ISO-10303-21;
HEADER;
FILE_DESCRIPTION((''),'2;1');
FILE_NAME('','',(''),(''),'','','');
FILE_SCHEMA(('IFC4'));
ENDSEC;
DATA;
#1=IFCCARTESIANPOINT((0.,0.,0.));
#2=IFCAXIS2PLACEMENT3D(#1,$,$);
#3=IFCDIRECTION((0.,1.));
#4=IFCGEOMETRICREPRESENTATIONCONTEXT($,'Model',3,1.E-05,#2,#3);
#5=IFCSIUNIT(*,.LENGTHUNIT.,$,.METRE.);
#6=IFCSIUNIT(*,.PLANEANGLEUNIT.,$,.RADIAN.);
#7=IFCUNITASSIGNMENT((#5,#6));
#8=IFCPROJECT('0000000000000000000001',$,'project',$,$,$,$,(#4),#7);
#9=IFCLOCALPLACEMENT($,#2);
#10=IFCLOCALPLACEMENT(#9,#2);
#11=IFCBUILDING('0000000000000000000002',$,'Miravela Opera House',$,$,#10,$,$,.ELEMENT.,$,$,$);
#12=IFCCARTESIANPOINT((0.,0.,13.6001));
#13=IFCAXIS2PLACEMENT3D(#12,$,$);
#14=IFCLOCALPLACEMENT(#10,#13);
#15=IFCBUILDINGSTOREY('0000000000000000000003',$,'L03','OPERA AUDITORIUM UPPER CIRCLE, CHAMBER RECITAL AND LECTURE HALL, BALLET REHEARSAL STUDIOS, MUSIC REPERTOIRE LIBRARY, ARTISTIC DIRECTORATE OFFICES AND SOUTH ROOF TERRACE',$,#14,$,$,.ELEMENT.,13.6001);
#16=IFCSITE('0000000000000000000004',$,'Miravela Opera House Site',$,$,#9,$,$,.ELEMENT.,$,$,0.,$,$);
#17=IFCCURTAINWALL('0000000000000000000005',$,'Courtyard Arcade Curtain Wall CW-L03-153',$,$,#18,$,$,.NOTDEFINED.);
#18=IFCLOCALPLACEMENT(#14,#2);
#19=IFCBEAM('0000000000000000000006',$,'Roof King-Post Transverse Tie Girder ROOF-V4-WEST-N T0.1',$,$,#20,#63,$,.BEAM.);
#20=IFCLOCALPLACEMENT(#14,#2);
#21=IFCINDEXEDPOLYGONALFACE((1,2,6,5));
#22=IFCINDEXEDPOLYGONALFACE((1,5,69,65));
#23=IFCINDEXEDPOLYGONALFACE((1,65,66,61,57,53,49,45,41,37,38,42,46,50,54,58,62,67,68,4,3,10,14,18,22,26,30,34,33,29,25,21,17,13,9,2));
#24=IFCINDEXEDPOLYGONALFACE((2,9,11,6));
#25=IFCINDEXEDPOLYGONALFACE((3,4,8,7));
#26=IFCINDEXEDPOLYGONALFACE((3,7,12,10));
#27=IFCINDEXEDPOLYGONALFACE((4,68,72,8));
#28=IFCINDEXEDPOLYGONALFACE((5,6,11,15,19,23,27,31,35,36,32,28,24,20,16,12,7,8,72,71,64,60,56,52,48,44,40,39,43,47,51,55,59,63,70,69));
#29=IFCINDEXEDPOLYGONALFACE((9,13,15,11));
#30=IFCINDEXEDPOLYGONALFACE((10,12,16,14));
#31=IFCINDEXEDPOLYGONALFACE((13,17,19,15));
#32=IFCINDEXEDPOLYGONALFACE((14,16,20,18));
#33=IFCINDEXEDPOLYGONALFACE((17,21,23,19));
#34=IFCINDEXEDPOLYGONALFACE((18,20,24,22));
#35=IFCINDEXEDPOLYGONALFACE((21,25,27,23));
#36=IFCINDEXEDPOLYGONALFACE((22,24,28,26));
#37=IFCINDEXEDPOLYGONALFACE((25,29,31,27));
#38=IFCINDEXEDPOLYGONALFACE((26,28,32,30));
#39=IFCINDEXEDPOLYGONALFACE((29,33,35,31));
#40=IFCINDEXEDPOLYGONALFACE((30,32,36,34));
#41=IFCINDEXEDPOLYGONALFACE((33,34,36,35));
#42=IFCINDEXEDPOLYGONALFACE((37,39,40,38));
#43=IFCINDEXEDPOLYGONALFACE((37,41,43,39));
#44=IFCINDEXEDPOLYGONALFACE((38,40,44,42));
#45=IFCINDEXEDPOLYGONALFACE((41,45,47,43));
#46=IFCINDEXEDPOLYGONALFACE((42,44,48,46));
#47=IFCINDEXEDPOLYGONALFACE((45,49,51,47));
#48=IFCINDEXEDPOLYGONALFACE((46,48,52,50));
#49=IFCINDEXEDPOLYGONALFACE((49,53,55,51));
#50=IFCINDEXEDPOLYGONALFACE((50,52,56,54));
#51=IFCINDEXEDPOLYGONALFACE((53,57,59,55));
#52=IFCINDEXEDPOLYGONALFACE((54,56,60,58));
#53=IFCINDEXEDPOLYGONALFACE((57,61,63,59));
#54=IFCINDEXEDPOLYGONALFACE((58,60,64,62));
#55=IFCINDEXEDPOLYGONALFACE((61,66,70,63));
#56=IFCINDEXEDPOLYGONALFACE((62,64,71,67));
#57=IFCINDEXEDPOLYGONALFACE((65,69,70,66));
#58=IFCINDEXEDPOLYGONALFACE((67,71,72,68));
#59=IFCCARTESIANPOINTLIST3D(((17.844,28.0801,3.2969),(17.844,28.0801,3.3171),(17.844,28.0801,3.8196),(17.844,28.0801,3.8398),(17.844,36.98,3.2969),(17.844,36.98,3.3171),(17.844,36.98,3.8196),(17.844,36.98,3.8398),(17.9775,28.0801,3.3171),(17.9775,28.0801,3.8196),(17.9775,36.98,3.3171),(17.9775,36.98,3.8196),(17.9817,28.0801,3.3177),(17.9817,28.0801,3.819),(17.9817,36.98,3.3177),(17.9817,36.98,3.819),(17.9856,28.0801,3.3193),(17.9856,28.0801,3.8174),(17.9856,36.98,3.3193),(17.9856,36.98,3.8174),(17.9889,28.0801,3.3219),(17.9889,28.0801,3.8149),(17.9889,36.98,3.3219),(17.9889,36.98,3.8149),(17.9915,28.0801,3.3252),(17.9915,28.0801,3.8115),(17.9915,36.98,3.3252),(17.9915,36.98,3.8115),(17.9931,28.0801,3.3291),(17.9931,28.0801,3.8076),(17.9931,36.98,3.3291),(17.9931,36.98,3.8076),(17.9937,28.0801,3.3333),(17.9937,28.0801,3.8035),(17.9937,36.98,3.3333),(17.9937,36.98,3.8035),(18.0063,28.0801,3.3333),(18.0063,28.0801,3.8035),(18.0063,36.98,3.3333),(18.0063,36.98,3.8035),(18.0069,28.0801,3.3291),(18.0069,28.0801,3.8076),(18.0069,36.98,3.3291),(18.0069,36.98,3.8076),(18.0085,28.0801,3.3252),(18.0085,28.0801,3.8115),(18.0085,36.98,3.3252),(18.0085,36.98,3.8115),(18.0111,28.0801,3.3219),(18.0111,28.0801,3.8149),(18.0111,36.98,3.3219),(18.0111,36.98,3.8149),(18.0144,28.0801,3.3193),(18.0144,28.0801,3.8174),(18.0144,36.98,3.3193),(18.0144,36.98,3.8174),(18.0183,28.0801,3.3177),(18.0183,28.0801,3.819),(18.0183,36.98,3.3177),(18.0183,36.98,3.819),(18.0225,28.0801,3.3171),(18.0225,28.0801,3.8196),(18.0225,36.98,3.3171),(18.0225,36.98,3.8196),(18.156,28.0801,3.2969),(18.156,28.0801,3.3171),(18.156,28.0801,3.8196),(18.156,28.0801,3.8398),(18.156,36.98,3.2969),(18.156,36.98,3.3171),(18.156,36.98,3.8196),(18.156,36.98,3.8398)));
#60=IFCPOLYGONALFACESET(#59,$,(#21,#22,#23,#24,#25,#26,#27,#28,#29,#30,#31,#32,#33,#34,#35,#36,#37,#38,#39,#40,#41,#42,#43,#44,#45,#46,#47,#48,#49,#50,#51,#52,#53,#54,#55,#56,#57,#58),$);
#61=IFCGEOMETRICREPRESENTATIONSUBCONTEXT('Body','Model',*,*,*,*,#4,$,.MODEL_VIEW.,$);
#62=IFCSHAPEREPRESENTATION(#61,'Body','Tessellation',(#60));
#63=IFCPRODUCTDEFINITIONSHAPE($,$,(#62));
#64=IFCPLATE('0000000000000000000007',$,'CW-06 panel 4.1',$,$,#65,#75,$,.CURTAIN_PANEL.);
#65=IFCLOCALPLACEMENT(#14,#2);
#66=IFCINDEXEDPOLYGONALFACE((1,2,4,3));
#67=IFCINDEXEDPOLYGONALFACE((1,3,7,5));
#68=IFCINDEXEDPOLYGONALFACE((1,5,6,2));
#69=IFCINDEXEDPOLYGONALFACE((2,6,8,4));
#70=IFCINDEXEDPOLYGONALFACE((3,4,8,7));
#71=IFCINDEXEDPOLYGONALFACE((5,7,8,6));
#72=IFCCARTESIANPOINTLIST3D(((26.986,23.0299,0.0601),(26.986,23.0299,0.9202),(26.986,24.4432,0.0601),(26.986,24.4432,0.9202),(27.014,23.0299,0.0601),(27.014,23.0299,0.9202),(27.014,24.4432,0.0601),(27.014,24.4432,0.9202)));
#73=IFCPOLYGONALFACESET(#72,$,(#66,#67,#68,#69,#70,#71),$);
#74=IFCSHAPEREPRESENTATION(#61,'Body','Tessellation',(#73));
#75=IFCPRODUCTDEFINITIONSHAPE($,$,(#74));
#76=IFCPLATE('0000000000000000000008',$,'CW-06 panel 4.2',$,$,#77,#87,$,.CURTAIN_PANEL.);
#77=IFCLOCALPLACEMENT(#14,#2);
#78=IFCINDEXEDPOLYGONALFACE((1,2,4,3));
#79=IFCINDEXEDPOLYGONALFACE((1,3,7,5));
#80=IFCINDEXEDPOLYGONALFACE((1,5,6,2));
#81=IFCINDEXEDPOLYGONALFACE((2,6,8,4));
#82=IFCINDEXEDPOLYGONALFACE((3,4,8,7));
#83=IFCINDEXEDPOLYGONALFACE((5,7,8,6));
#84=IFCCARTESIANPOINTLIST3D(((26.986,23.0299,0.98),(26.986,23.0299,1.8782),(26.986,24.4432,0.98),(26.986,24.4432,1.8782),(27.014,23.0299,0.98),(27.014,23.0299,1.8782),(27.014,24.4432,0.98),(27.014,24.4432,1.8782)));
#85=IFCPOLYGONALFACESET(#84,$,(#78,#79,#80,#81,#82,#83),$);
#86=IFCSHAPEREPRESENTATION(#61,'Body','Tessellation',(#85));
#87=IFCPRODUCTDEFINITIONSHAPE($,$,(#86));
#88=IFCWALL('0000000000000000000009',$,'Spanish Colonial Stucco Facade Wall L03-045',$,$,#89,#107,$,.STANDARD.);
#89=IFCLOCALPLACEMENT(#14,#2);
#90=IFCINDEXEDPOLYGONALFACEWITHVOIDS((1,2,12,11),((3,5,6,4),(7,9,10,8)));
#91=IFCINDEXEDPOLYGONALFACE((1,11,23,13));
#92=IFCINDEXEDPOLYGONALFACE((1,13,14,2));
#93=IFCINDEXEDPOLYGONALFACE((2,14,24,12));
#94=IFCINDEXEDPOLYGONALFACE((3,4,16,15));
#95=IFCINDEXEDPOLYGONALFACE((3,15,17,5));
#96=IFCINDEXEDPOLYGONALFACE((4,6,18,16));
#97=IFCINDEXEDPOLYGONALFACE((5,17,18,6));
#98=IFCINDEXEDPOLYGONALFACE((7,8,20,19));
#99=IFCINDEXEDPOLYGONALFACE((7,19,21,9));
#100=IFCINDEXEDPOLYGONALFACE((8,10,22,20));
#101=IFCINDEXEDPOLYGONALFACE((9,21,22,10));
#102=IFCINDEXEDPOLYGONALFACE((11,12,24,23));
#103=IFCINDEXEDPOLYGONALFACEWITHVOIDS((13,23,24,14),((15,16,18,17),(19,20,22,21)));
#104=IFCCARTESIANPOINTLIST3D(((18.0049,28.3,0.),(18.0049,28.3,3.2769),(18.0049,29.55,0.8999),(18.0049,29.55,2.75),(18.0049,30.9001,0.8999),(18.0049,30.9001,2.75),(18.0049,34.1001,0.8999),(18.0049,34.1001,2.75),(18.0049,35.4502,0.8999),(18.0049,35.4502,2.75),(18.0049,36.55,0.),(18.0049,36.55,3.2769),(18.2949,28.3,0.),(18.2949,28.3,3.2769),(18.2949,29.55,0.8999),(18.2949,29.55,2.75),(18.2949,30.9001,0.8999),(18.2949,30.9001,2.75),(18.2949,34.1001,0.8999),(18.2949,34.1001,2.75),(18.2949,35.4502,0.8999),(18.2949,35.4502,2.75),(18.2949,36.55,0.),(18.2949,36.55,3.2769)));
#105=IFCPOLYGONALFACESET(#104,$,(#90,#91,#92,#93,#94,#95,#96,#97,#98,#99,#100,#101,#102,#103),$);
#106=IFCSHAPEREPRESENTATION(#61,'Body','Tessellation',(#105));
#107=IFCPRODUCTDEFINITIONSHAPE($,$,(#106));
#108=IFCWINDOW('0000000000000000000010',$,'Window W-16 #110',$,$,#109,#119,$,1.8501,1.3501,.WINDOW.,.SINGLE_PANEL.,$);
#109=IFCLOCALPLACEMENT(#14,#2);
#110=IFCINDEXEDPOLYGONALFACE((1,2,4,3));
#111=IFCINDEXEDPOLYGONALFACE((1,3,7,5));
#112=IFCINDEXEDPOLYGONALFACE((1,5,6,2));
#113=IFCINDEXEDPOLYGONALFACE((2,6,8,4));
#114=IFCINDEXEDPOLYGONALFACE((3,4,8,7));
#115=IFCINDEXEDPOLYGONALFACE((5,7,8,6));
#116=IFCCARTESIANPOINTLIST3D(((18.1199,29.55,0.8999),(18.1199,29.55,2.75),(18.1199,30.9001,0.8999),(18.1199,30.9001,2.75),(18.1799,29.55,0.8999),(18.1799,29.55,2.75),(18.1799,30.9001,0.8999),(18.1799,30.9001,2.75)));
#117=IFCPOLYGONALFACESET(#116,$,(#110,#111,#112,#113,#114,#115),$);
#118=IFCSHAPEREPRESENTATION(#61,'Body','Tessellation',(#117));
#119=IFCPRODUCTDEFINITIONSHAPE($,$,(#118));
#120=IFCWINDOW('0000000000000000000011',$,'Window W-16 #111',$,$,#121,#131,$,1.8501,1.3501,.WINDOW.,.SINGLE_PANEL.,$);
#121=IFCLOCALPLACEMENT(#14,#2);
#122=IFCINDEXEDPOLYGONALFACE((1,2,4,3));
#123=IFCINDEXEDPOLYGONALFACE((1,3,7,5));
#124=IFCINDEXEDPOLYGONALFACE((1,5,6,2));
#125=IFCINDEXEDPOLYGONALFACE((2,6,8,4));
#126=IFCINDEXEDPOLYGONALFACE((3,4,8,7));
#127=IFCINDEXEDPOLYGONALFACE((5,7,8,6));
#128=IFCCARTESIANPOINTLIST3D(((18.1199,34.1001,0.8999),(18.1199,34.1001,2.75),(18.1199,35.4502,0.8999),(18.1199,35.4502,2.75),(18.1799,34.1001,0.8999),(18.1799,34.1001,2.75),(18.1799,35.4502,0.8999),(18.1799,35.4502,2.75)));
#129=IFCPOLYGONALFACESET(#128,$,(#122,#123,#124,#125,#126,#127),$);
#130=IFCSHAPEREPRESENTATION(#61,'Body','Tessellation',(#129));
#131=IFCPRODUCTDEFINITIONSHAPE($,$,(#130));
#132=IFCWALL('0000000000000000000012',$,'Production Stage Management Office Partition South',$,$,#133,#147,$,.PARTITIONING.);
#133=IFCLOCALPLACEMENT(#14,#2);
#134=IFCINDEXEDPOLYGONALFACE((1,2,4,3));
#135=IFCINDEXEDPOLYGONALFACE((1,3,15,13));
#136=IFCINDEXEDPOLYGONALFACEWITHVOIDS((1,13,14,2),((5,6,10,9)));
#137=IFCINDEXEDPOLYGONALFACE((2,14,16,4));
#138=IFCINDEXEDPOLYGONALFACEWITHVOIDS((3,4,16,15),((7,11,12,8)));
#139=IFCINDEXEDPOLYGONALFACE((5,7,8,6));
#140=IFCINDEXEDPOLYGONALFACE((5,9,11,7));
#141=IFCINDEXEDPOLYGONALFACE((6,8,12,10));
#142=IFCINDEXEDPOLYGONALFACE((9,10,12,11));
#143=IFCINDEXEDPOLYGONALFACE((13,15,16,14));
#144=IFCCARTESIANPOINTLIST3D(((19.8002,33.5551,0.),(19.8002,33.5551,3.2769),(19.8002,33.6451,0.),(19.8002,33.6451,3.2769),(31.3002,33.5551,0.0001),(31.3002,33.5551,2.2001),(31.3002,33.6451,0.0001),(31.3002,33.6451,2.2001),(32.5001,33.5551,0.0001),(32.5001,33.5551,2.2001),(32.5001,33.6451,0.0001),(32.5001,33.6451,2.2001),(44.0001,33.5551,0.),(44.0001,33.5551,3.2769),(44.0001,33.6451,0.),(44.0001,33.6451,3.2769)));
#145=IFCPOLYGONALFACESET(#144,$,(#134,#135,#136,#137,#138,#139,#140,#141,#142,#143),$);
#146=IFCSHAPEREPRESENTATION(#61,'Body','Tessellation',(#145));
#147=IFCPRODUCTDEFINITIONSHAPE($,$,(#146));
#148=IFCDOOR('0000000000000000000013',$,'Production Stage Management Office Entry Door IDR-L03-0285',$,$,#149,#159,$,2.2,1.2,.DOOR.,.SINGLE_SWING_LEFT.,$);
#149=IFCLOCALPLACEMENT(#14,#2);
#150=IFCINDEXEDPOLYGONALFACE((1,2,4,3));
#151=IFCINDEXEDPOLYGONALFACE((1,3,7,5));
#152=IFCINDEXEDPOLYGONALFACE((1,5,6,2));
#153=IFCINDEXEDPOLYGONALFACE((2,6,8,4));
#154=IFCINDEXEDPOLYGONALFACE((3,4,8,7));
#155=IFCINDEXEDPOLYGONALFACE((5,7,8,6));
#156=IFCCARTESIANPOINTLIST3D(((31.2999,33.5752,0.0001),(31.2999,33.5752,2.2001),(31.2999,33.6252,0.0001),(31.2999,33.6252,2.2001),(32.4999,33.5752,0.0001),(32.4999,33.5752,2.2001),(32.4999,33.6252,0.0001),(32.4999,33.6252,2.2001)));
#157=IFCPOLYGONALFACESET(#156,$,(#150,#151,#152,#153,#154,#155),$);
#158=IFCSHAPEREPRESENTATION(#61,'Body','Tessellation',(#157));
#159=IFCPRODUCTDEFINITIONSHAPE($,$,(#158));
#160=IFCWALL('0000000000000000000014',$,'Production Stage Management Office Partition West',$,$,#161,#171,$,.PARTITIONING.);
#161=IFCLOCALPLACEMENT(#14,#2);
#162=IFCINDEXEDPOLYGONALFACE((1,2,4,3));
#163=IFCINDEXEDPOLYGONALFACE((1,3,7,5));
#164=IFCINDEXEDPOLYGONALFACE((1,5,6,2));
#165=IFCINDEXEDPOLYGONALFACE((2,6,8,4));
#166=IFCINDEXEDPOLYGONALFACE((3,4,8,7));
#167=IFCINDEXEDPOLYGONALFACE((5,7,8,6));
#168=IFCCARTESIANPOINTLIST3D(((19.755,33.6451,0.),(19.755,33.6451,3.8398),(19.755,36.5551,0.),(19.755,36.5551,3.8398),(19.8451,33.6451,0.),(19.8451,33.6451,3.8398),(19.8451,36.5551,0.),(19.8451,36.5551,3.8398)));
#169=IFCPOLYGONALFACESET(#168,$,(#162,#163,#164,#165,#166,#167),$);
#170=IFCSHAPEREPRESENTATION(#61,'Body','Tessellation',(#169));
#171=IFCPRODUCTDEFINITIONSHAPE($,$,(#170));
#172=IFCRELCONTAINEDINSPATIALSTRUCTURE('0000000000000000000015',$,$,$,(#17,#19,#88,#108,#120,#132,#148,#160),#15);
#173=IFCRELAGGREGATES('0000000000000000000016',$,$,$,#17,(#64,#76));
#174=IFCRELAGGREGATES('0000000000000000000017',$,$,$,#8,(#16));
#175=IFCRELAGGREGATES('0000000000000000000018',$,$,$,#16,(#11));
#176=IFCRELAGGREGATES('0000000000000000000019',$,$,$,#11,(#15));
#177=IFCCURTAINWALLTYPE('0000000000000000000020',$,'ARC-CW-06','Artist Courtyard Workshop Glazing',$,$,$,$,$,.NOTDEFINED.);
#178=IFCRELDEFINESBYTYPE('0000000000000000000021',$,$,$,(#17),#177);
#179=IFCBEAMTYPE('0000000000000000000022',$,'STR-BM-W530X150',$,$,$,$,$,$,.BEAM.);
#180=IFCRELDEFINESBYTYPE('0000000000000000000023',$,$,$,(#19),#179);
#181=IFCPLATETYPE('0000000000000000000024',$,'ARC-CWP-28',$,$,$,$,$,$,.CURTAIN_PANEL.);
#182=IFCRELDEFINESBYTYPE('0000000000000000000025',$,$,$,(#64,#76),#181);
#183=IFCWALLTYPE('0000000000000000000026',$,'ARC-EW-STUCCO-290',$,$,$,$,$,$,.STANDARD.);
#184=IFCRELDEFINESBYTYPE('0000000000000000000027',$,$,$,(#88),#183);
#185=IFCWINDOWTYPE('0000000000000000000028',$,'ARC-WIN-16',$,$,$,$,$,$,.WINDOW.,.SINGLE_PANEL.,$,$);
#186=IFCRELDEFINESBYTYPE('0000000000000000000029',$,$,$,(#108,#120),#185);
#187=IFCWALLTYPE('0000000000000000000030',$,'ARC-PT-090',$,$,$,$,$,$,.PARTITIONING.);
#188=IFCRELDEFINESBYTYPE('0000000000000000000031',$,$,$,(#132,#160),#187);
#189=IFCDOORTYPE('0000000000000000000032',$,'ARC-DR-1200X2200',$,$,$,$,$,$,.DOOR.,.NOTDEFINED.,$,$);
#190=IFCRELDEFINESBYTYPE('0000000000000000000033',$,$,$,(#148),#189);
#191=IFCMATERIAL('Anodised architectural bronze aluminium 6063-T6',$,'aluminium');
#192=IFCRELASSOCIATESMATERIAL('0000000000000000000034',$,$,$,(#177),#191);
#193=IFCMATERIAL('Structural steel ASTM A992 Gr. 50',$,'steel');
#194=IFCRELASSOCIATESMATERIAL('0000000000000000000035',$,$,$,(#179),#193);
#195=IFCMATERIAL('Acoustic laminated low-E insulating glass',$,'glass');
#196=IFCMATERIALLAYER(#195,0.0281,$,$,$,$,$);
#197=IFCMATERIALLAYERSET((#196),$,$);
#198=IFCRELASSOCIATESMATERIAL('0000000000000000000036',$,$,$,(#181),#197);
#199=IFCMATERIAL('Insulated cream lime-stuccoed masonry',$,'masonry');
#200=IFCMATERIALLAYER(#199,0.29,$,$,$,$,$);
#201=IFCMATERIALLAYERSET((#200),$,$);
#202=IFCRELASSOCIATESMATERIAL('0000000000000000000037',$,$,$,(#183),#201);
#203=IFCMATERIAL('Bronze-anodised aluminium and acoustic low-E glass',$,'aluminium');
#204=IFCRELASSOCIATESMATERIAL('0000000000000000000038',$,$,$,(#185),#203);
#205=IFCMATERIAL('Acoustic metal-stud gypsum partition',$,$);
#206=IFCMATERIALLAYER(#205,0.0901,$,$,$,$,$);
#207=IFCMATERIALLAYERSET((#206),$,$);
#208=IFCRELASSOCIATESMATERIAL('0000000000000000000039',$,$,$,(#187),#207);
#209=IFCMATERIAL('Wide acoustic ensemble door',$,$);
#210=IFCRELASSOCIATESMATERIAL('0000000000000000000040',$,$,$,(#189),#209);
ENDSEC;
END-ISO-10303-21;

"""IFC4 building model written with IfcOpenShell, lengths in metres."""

from ifc_helpers import new_model, si_unit, direction, frame, frame_2d, origin, origin_2d, place, context, subcontext, project, spatial, rectangle, i_section, extrude, material, layer, layer_set, material_profile, profile_set, type_object, element, fill, aggregate, save


model = new_model("IFC4")

# Units and contexts
model_context = context("Model", 3, precision=1e-05, world=origin(), true_north=direction((0.0, 1.0)))
body_context = subcontext(model_context, "Body", "Model", "MODEL_VIEW")
ifc_project = project(units=[si_unit("LENGTHUNIT", "METRE"), si_unit("PLANEANGLEUNIT", "RADIAN")], contexts=[model_context])

# Site, building, storey
site_placement = place(None, origin())
site = spatial("IfcSite", under=ifc_project, at=site_placement, Name="Miravela Opera House Site", CompositionType="ELEMENT", RefElevation=0.0)
building_placement = place(site_placement, origin())
building = spatial("IfcBuilding", under=site, at=building_placement, Name="Miravela Opera House", CompositionType="ELEMENT")
storey_placement = place(building_placement, frame((0.0, 0.0, 13.6001)))
storey = spatial("IfcBuildingStorey", under=building, at=storey_placement, Name="L03", Description="OPERA AUDITORIUM UPPER CIRCLE, CHAMBER RECITAL AND LECTURE HALL, BALLET REHEARSAL STUDIOS, MUSIC REPERTOIRE LIBRARY, ARTISTIC DIRECTORATE OFFICES AND SOUTH ROOF TERRACE", CompositionType="ELEMENT", Elevation=13.6001)

# Curtain wall
ifc_material_1 = material(Name="Anodised architectural bronze aluminium 6063-T6", Category="aluminium")
curtain_wall_type = type_object("IfcCurtainWallType", Name="ARC-CW-06", Description="Artist Courtyard Workshop Glazing", PredefinedType="NOTDEFINED", material=ifc_material_1)
curtain_wall_placement = place(storey_placement, origin())
curtain_wall = element("IfcCurtainWall", 1, at=curtain_wall_placement, inside=storey, type_object=curtain_wall_type, Name="Courtyard Arcade Curtain Wall CW-L03-153", PredefinedType="NOTDEFINED")

# Beam
ifc_material_2 = material(Name="Structural steel ASTM A992 Gr. 50", Category="steel")
ifc_material_profile_1 = material_profile(ifc_material_2, i_section(OverallWidth=0.312, OverallDepth=0.543, WebThickness=0.0127, FlangeThickness=0.0203, FilletRadius=0.0161, at=origin_2d()), Name="W530X150")
ifc_profile_set_1 = profile_set([ifc_material_profile_1])
beam_type = type_object("IfcBeamType", Name="STR-BM-W530X150", PredefinedType="BEAM", material=ifc_profile_set_1)
beam_1_placement = place(storey_placement, frame((18.0, 28.0801, 3.5684), z_axis=(0.0, 1.0, 0.0), x_axis=(-1.0, 0.0, 0.0)))
element("IfcBeam", 2, at=beam_1_placement, inside=storey, type_object=beam_type, Name="Roof King-Post Transverse Tie Girder ROOF-V4-WEST-N T0.1", PredefinedType="BEAM", context=body_context, shape_type="SweptSolid", body=[
    extrude(i_section(OverallWidth=0.312, OverallDepth=0.543, WebThickness=0.0127, FlangeThickness=0.0203, FilletRadius=0.0161, at=origin_2d()), origin(), (0.0, 0.0, 1.0), 8.8999),
])

# Plates
ifc_material_3 = material(Name="Acoustic laminated low-E insulating glass", Category="glass")
ifc_layer_1 = layer(ifc_material_3, 0.0281)
ifc_layer_set_1 = layer_set([ifc_layer_1])
plate_type = type_object("IfcPlateType", Name="ARC-CWP-28", PredefinedType="CURTAIN_PANEL", material=ifc_layer_set_1)
plate_1_placement = place(storey_placement, frame((27.0, 23.7366, 0.0601), z_axis=(0.0, 0.0, 1.0), x_axis=(0.0, 1.0, 0.0)))
plate_1 = element("IfcPlate", 3, at=plate_1_placement, type_object=plate_type, Name="CW-06 panel 4.1", PredefinedType="CURTAIN_PANEL", context=body_context, shape_type="SweptSolid", body=[
    extrude(rectangle(XDim=1.4133, YDim=0.0281, at=origin_2d()), origin(), (0.0, 0.0, 1.0), 0.8601),
])
plate_2_placement = place(storey_placement, frame((27.0, 23.7366, 0.98), z_axis=(0.0, 0.0, 1.0), x_axis=(0.0, 1.0, 0.0)))
plate_2 = element("IfcPlate", 4, at=plate_2_placement, type_object=plate_type, Name="CW-06 panel 4.2", PredefinedType="CURTAIN_PANEL", context=body_context, shape_type="SweptSolid", body=[
    extrude(rectangle(XDim=1.4133, YDim=0.0281, at=origin_2d()), origin(), (0.0, 0.0, 1.0), 0.8982),
])
aggregate(curtain_wall, [plate_1, plate_2])

# Wall, openings, windows
ifc_material_4 = material(Name="Insulated cream lime-stuccoed masonry", Category="masonry")
ifc_layer_2 = layer(ifc_material_4, 0.29)
ifc_layer_set_2 = layer_set([ifc_layer_2])
wall_type_1 = type_object("IfcWallType", Name="ARC-EW-STUCCO-290", PredefinedType="STANDARD", material=ifc_layer_set_2)
wall_1_placement = place(storey_placement, frame((18.1499, 28.3, 0.0), z_axis=(0.0, 0.0, 1.0), x_axis=(0.0, 1.0, 0.0)))
wall_1 = element("IfcWall", 5, at=wall_1_placement, inside=storey, type_object=wall_type_1, Name="Spanish Colonial Stucco Facade Wall L03-045", PredefinedType="STANDARD", context=body_context, shape_type="SweptSolid", body=[
    extrude(rectangle(XDim=8.25, YDim=0.29, at=frame_2d((4.125, 0.0))), origin(), (0.0, 0.0, 1.0), 3.2769),
])
opening_1_placement = place(wall_1_placement, frame((1.25, 0.0, 0.8999)))
opening_1 = element("IfcOpeningElement", 6, at=opening_1_placement, cuts=wall_1, PredefinedType="OPENING", context=body_context, shape_type="SweptSolid", body=[
    extrude(rectangle(XDim=1.3501, YDim=1.8501, at=frame_2d((0.675, 0.925))), frame((0.0, 0.155, 0.0), z_axis=(0.0, -1.0, 0.0), x_axis=(1.0, 0.0, 0.0)), (0.0, 0.0, 1.0), 0.3101),
])
opening_2_placement = place(wall_1_placement, frame((5.8, 0.0, 0.8999)))
opening_2 = element("IfcOpeningElement", 7, at=opening_2_placement, cuts=wall_1, PredefinedType="OPENING", context=body_context, shape_type="SweptSolid", body=[
    extrude(rectangle(XDim=1.3501, YDim=1.8501, at=frame_2d((0.675, 0.925))), frame((0.0, 0.155, 0.0), z_axis=(0.0, -1.0, 0.0), x_axis=(1.0, 0.0, 0.0)), (0.0, 0.0, 1.0), 0.3101),
])
ifc_material_5 = material(Name="Bronze-anodised aluminium and acoustic low-E glass", Category="aluminium")
window_type = type_object("IfcWindowType", Name="ARC-WIN-16", PartitioningType="SINGLE_PANEL", PredefinedType="WINDOW", material=ifc_material_5)
window_1_placement = place(opening_1_placement, origin())
window_1 = element("IfcWindow", 8, at=window_1_placement, inside=storey, type_object=window_type, Name="Window W-16 #110", OverallHeight=1.8501, OverallWidth=1.3501, PartitioningType="SINGLE_PANEL", PredefinedType="WINDOW", context=body_context, shape_type="SweptSolid", body=[
    extrude(rectangle(XDim=1.3501, YDim=1.8501, at=frame_2d((0.675, 0.925))), frame((0.0, 0.03, 0.0), z_axis=(0.0, -1.0, 0.0), x_axis=(1.0, 0.0, 0.0)), (0.0, 0.0, 1.0), 0.0601),
])
fill(opening_1, window_1)
window_2_placement = place(opening_2_placement, origin())
window_2 = element("IfcWindow", 9, at=window_2_placement, inside=storey, type_object=window_type, Name="Window W-16 #111", OverallHeight=1.8501, OverallWidth=1.3501, PartitioningType="SINGLE_PANEL", PredefinedType="WINDOW", context=body_context, shape_type="SweptSolid", body=[
    extrude(rectangle(XDim=1.3501, YDim=1.8501, at=frame_2d((0.675, 0.925))), frame((0.0, 0.03, 0.0), z_axis=(0.0, -1.0, 0.0), x_axis=(1.0, 0.0, 0.0)), (0.0, 0.0, 1.0), 0.0601),
])
fill(opening_2, window_2)

# Wall, opening, door
ifc_material_6 = material(Name="Acoustic metal-stud gypsum partition")
ifc_layer_3 = layer(ifc_material_6, 0.0901)
ifc_layer_set_3 = layer_set([ifc_layer_3])
wall_type_2 = type_object("IfcWallType", Name="ARC-PT-090", PredefinedType="PARTITIONING", material=ifc_layer_set_3)
wall_2_placement = place(storey_placement, frame((19.8, 33.6001, 0.0), z_axis=(0.0, 0.0, 1.0), x_axis=(1.0, 0.0, 0.0)))
wall_2 = element("IfcWall", 10, at=wall_2_placement, inside=storey, type_object=wall_type_2, Name="Production Stage Management Office Partition South", PredefinedType="PARTITIONING", context=body_context, shape_type="SweptSolid", body=[
    extrude(rectangle(XDim=24.2, YDim=0.0901, at=frame_2d((12.1001, 0.0))), origin(), (0.0, 0.0, 1.0), 3.2769),
])
opening_3_placement = place(wall_2_placement, frame((11.5, 0.0, 0.0)))
opening_3 = element("IfcOpeningElement", 11, at=opening_3_placement, cuts=wall_2, PredefinedType="OPENING", context=body_context, shape_type="SweptSolid", body=[
    extrude(rectangle(XDim=1.2, YDim=2.2, at=frame_2d((0.6001, 1.1001))), frame((0.0, 0.0549, 0.0), z_axis=(0.0, -1.0, 0.0), x_axis=(1.0, 0.0, 0.0)), (0.0, 0.0, 1.0), 0.1101),
])
ifc_material_7 = material(Name="Wide acoustic ensemble door")
door_type_1 = type_object("IfcDoorType", Name="ARC-DR-1200X2200", OperationType="NOTDEFINED", PredefinedType="DOOR", material=ifc_material_7)
door_1_placement = place(opening_3_placement, frame((1.2, 0.0, 0.0), z_axis=(0.0, 0.0, 1.0), x_axis=(-1.0, 0.0, 0.0)))
door_1 = element("IfcDoor", 12, at=door_1_placement, inside=storey, type_object=door_type_1, Name="Production Stage Management Office Entry Door IDR-L03-0285", OperationType="SINGLE_SWING_LEFT", OverallHeight=2.2, OverallWidth=1.2, PredefinedType="DOOR", context=body_context, shape_type="SweptSolid", body=[
    extrude(rectangle(XDim=1.2, YDim=2.2, at=frame_2d((0.6001, 1.1001))), frame((0.0, 0.0249, 0.0), z_axis=(0.0, -1.0, 0.0), x_axis=(1.0, 0.0, 0.0)), (0.0, 0.0, 1.0), 0.05),
])
fill(opening_3, door_1)

# Wall
wall_3_placement = place(storey_placement, frame((19.8, 33.645, 0.0), z_axis=(0.0, 0.0, 1.0), x_axis=(0.0, 1.0, 0.0)))
element("IfcWall", 13, at=wall_3_placement, inside=storey, type_object=wall_type_2, Name="Production Stage Management Office Partition West", PredefinedType="PARTITIONING", context=body_context, shape_type="SweptSolid", body=[
    extrude(rectangle(XDim=2.9099, YDim=0.0901, at=frame_2d((1.4551, 0.0))), origin(), (0.0, 0.0, 1.0), 3.8398),
])

save(model, "model.ifc")
